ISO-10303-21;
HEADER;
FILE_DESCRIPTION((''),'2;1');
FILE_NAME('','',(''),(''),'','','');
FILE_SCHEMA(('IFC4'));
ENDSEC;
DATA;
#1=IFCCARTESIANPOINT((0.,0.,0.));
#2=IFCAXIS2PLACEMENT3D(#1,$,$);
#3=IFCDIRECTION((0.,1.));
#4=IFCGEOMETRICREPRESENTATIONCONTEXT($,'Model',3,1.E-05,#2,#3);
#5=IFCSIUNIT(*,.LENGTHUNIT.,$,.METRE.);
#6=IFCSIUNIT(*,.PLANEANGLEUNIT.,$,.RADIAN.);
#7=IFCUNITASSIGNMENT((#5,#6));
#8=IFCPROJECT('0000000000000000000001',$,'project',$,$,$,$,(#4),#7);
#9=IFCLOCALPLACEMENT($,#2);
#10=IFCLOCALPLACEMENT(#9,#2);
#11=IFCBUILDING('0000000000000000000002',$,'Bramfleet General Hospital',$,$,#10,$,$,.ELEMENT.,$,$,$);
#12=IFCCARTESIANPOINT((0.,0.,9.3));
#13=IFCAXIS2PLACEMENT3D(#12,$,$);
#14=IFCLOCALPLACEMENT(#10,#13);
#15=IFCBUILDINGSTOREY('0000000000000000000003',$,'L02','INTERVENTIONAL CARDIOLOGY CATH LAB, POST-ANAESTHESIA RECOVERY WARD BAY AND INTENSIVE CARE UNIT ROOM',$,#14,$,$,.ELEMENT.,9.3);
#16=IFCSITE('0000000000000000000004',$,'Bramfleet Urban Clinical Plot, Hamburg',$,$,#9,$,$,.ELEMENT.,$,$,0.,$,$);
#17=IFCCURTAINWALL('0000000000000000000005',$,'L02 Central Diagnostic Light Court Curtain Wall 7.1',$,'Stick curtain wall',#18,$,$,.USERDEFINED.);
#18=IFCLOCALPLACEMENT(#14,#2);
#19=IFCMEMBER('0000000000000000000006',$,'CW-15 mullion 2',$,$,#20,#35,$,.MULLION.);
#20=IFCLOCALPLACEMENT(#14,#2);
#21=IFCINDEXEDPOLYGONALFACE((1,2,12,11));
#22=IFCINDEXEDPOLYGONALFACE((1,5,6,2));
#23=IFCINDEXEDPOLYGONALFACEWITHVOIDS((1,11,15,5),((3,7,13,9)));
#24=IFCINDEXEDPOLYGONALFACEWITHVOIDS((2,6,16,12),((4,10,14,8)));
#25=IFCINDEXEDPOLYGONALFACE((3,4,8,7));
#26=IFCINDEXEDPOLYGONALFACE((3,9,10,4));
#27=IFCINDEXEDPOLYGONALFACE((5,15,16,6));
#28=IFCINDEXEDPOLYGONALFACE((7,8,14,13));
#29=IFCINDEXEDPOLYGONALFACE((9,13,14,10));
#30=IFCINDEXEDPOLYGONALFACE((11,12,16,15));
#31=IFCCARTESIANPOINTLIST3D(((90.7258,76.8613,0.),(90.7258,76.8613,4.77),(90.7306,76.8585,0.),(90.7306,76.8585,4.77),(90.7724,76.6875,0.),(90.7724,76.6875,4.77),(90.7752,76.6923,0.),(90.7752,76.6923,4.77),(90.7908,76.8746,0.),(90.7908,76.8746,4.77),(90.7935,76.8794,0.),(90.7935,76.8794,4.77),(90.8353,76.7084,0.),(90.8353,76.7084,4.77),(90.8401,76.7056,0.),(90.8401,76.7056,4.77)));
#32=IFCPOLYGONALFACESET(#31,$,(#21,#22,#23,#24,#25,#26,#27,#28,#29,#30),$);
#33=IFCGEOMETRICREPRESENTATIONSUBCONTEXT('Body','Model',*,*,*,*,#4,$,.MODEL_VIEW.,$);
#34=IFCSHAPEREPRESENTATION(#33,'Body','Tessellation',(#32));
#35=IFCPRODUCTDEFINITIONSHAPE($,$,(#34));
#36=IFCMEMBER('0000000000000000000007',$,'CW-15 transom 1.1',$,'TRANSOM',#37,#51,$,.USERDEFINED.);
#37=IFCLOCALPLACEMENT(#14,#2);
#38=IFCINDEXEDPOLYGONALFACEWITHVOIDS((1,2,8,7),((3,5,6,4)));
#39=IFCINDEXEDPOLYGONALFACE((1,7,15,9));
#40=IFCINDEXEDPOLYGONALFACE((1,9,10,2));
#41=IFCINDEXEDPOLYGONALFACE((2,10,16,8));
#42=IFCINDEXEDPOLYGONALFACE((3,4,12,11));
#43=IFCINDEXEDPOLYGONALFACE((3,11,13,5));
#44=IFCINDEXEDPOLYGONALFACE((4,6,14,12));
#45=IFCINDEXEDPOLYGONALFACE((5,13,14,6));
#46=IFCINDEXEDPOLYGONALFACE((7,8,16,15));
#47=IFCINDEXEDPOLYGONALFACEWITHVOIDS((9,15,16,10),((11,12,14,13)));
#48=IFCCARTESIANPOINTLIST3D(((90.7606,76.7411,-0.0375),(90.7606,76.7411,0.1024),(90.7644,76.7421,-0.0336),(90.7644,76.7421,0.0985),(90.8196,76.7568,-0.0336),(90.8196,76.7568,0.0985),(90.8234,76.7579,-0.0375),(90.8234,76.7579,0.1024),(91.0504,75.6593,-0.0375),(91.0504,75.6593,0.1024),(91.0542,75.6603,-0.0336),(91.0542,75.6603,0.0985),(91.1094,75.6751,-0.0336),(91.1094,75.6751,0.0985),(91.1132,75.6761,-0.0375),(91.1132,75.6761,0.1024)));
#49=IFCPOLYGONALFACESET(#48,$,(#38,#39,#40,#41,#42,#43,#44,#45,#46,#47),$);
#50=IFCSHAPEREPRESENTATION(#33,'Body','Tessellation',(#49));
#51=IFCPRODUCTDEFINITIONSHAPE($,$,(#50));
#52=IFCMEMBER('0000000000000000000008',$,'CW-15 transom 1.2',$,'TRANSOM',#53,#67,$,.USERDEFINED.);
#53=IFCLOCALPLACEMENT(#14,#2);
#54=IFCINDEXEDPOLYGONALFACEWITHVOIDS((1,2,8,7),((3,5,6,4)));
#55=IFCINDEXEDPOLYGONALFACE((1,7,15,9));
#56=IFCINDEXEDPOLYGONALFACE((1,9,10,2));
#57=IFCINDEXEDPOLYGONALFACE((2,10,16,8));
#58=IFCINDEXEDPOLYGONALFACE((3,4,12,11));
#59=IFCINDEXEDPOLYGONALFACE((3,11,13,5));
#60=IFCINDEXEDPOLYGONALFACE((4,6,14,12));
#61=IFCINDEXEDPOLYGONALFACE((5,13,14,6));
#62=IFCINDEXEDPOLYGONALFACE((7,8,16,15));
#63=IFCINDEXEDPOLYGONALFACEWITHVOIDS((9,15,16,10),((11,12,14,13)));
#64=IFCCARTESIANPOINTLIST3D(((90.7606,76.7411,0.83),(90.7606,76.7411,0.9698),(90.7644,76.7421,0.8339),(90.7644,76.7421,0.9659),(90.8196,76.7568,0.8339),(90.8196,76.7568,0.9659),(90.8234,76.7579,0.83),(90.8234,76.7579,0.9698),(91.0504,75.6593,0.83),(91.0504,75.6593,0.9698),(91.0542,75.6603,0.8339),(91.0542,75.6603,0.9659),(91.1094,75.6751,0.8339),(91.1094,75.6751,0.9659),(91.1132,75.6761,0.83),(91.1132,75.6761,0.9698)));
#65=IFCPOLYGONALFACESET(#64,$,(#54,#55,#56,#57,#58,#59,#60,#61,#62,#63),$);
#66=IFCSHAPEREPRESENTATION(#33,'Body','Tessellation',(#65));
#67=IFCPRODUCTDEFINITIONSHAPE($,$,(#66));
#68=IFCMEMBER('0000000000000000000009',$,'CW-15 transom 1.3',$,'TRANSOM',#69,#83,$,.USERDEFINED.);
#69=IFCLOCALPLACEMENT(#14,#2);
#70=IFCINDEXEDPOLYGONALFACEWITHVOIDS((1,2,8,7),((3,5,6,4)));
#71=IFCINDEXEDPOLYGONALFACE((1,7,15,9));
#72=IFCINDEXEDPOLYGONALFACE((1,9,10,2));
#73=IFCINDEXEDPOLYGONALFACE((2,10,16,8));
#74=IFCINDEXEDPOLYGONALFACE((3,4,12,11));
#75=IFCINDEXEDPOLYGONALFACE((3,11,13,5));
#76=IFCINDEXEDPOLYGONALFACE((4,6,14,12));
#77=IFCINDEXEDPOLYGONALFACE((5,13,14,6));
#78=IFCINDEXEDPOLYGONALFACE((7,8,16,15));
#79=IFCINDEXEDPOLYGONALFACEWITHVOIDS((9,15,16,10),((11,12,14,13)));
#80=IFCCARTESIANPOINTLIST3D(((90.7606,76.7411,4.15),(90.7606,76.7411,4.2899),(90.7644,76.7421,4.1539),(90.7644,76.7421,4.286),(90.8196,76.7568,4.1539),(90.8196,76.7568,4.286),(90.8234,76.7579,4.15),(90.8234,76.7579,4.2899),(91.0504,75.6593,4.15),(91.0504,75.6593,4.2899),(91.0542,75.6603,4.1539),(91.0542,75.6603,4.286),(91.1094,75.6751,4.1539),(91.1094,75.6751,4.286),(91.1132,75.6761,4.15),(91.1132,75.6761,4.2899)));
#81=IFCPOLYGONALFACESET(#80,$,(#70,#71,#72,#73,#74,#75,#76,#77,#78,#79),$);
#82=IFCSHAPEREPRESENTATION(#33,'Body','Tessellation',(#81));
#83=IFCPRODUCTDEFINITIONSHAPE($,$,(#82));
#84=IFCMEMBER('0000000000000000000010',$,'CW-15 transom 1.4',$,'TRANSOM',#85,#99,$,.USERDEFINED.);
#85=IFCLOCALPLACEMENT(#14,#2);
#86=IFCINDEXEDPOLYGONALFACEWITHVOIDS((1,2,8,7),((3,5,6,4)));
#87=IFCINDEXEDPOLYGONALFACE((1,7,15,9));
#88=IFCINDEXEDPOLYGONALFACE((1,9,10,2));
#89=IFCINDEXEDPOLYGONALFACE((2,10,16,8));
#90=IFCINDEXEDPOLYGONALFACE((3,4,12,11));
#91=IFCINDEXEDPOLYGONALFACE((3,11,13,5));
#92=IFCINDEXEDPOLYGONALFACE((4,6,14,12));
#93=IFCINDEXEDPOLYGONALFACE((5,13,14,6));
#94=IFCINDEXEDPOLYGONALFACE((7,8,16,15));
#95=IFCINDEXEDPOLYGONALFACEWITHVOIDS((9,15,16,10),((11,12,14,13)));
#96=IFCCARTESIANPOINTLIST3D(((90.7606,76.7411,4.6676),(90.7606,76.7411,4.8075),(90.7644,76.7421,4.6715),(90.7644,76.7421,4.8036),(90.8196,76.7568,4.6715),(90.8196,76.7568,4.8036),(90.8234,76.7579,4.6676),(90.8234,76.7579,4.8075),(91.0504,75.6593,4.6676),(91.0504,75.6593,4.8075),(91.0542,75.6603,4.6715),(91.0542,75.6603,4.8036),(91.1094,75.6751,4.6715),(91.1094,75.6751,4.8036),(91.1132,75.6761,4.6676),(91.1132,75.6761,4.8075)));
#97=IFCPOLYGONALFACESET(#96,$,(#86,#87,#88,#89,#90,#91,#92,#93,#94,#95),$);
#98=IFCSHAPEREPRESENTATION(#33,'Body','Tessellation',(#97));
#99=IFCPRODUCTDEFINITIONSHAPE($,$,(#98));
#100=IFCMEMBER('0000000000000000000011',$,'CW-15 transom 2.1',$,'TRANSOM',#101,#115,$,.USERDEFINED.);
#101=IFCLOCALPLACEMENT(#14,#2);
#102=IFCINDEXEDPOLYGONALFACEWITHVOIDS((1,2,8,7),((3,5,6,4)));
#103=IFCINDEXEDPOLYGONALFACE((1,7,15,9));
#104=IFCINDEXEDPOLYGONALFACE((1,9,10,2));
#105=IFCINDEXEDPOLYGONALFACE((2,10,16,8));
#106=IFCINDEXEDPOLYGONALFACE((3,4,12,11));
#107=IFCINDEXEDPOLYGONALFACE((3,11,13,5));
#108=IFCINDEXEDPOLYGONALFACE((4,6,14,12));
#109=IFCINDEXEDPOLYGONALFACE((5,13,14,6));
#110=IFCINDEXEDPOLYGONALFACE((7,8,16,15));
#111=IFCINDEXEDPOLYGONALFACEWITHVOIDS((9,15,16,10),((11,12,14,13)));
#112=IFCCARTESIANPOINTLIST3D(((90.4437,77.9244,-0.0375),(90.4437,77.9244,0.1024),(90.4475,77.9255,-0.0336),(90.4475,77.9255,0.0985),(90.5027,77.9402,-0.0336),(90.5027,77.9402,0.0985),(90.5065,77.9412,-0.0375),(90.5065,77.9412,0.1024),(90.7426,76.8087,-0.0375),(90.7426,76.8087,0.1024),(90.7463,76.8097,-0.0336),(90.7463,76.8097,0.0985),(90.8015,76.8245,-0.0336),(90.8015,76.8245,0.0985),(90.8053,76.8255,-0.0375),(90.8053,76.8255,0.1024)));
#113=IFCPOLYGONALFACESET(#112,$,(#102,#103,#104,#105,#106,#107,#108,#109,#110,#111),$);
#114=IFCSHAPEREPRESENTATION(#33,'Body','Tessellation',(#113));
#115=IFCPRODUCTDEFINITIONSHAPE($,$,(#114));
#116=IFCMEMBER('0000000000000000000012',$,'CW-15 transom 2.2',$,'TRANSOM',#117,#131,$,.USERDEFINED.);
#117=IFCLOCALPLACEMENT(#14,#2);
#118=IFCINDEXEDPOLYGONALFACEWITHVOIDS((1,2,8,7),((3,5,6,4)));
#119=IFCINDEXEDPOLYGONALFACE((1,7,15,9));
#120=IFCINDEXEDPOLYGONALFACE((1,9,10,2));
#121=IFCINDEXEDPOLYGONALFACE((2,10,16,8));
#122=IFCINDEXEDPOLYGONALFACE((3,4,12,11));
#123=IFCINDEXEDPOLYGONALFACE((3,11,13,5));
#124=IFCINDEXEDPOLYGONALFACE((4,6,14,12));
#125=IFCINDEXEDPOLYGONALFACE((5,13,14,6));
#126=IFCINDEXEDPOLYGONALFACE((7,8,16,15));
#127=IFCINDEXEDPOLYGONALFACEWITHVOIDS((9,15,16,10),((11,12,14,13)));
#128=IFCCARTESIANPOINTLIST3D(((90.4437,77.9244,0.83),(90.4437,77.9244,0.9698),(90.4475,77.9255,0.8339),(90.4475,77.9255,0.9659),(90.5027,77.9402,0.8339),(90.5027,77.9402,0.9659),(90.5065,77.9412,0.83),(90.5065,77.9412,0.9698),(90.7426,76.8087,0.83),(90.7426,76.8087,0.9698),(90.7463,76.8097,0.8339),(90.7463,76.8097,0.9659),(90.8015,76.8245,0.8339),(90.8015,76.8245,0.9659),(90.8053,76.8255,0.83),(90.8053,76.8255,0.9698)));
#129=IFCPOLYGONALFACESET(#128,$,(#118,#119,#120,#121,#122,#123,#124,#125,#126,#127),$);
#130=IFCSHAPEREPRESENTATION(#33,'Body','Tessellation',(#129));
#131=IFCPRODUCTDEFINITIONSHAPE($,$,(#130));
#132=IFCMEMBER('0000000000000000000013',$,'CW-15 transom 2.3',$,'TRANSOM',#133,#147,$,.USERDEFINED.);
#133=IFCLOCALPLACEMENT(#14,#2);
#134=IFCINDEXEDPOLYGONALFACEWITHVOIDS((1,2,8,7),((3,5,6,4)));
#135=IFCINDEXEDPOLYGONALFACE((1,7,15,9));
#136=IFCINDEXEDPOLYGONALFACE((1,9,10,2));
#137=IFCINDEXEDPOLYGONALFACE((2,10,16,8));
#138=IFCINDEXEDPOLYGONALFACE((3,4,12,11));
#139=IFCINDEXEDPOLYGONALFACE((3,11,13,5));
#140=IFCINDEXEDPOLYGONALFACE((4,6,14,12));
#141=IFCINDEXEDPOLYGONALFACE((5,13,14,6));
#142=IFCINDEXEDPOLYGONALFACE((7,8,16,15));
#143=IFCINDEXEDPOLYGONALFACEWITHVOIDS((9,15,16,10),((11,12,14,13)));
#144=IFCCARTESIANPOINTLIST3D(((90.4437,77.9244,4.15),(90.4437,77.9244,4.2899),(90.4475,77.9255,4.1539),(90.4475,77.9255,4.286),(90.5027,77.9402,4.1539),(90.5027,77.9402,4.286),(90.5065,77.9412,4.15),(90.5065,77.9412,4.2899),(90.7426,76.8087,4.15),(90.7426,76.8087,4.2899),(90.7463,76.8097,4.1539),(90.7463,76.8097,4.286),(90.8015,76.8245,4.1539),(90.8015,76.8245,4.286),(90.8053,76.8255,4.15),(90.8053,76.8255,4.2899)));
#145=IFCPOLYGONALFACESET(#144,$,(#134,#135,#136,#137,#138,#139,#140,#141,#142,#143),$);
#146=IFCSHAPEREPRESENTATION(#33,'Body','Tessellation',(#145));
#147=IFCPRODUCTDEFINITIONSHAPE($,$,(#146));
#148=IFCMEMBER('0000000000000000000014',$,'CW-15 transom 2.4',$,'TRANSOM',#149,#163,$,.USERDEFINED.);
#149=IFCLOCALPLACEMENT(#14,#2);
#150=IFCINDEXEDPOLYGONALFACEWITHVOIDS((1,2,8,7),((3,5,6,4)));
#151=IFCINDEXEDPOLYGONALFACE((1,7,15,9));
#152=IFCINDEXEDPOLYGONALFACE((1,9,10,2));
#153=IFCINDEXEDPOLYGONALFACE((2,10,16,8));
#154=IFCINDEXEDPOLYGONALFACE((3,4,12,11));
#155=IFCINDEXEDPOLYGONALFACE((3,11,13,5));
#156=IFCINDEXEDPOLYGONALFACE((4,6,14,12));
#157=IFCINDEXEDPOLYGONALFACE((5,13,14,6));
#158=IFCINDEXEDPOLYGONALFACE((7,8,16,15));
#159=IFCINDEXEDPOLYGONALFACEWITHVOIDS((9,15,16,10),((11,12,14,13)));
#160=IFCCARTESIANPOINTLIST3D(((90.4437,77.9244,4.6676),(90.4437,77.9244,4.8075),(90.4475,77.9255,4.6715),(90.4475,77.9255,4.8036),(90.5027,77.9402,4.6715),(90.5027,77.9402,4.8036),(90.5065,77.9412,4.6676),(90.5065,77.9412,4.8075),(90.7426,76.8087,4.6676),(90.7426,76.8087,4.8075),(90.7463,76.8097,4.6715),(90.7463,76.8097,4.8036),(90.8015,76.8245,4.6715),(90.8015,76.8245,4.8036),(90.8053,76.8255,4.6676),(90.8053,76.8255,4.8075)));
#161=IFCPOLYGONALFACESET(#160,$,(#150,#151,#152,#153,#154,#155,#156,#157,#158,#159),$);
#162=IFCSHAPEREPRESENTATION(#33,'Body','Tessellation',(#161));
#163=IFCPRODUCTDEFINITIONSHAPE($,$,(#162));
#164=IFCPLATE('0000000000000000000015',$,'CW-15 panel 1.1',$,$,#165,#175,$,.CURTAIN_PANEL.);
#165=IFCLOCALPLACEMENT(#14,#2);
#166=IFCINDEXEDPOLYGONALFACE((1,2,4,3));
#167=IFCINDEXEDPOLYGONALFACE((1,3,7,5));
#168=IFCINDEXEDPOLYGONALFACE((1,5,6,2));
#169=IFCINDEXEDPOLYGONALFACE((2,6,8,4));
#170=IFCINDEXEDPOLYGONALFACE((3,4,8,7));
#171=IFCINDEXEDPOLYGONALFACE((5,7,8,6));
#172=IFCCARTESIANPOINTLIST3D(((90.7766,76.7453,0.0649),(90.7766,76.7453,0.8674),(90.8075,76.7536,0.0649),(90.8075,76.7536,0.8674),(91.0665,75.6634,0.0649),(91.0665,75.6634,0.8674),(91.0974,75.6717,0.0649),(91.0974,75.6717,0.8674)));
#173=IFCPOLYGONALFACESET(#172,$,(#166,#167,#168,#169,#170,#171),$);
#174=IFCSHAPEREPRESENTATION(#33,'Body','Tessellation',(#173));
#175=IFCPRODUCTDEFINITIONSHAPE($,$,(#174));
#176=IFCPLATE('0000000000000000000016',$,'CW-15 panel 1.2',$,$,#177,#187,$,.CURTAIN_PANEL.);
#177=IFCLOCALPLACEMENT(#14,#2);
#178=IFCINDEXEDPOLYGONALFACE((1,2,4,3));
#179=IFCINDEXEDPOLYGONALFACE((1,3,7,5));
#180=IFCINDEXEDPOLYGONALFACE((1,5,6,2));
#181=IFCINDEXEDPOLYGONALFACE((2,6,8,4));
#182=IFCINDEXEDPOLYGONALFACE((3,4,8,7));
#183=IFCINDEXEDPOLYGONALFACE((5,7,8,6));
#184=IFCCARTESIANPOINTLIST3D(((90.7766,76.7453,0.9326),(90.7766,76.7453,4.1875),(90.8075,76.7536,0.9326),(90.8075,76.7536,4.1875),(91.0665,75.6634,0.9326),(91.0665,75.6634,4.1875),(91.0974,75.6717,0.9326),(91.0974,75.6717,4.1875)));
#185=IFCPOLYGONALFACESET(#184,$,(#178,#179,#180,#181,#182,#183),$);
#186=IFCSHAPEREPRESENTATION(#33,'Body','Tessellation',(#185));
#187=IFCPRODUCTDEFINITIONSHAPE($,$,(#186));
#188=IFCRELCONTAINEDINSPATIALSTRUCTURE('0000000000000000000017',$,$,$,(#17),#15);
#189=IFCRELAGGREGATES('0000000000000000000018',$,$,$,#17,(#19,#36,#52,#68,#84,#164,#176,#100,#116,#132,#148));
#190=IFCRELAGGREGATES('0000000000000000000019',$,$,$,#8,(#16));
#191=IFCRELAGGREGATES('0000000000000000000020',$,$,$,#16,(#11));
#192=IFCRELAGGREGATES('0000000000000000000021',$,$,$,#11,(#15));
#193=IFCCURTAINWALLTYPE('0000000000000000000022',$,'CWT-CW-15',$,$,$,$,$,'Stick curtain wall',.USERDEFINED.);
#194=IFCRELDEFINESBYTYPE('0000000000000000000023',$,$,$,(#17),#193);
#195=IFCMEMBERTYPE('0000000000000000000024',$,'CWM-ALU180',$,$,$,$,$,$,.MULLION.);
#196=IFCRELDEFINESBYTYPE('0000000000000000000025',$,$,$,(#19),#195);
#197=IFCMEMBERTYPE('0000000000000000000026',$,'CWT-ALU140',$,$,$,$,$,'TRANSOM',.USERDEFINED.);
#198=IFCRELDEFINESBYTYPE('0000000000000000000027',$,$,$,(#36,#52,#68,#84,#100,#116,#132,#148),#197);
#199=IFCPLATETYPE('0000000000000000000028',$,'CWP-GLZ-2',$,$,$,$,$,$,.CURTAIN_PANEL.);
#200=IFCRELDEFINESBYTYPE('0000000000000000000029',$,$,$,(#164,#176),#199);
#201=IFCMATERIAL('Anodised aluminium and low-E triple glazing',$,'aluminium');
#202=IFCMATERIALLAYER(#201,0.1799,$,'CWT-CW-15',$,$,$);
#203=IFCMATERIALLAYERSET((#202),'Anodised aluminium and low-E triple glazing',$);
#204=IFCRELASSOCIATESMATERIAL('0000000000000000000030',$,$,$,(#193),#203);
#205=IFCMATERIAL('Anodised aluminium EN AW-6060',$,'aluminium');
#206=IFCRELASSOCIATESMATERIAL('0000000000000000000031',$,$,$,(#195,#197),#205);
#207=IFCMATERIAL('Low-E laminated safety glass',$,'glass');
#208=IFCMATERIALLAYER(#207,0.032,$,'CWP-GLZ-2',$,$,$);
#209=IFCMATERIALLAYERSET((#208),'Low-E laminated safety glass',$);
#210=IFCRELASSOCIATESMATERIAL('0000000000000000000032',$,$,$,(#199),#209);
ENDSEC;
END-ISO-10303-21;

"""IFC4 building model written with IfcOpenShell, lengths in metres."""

from ifc_helpers import new_model, si_unit, direction, frame, origin, origin_2d, place, context, subcontext, project, spatial, rectangle, hollow_rectangle, extrude, material, layer, layer_set, material_profile, profile_set, type_object, element, aggregate, save


model = new_model("IFC4")

# Units and contexts
model_context = context("Model", 3, precision=1e-05, world=origin(), true_north=direction((0.0, 1.0)))
body_context = subcontext(model_context, "Body", "Model", "MODEL_VIEW")
ifc_project = project(units=[si_unit("LENGTHUNIT", "METRE"), si_unit("PLANEANGLEUNIT", "RADIAN")], contexts=[model_context])

# Site, building, storey
site_placement = place(None, origin())
site = spatial("IfcSite", under=ifc_project, at=site_placement, Name="Bramfleet Urban Clinical Plot, Hamburg", CompositionType="ELEMENT", RefElevation=0.0)
building_placement = place(site_placement, origin())
building = spatial("IfcBuilding", under=site, at=building_placement, Name="Bramfleet General Hospital", CompositionType="ELEMENT")
storey_placement = place(building_placement, frame((0.0, 0.0, 9.3)))
storey = spatial("IfcBuildingStorey", under=building, at=storey_placement, Name="L02", Description="INTERVENTIONAL CARDIOLOGY CATH LAB, POST-ANAESTHESIA RECOVERY WARD BAY AND INTENSIVE CARE UNIT ROOM", CompositionType="ELEMENT", Elevation=9.3)

# Curtain wall, members, plates
ifc_material_1 = material(Name="Anodised aluminium and low-E triple glazing", Category="aluminium")
ifc_layer_1 = layer(ifc_material_1, 0.1799, Name="CWT-CW-15")
ifc_layer_set_1 = layer_set([ifc_layer_1], Name="Anodised aluminium and low-E triple glazing")
curtain_wall_type = type_object("IfcCurtainWallType", Name="CWT-CW-15", ElementType="Stick curtain wall", PredefinedType="USERDEFINED", material=ifc_layer_set_1)
curtain_wall_placement = place(storey_placement, origin())
curtain_wall = element("IfcCurtainWall", 1, at=curtain_wall_placement, inside=storey, type_object=curtain_wall_type, Name="L02 Central Diagnostic Light Court Curtain Wall 7.1", ObjectType="Stick curtain wall", PredefinedType="USERDEFINED")
ifc_material_2 = material(Name="Anodised aluminium EN AW-6060", Category="aluminium")
ifc_material_profile_1 = material_profile(ifc_material_2, hollow_rectangle(XDim=0.0701, YDim=0.1799, WallThickness=0.0039, at=origin_2d()), Name="ALU 180x70x4.0")
ifc_profile_set_1 = profile_set([ifc_material_profile_1], Name="Anodised aluminium EN AW-6060")
member_type_1 = type_object("IfcMemberType", Name="CWM-ALU180", PredefinedType="MULLION", material=ifc_profile_set_1)
member_1_placement = place(storey_placement, frame((90.783, 76.7834, 0.0), z_axis=(0.0, 0.0, 1.0), x_axis=(-0.965941, -0.258763, 0.0)))
member_1 = element("IfcMember", 2, at=member_1_placement, type_object=member_type_1, Name="CW-15 mullion 2", PredefinedType="MULLION", context=body_context, shape_type="SweptSolid", body=[
    extrude(hollow_rectangle(XDim=0.0701, YDim=0.1799, WallThickness=0.0039, at=origin_2d()), origin(), (0.0, 0.0, 1.0), 4.77),
])
ifc_material_profile_2 = material_profile(ifc_material_2, hollow_rectangle(XDim=0.0649, YDim=0.1399, WallThickness=0.0039, at=origin_2d()), Name="ALU 140x65x4.0")
ifc_profile_set_2 = profile_set([ifc_material_profile_2], Name="Anodised aluminium EN AW-6060")
member_type_2 = type_object("IfcMemberType", Name="CWT-ALU140", ElementType="TRANSOM", PredefinedType="USERDEFINED", material=ifc_profile_set_2)
member_2_placement = place(storey_placement, frame((91.0818, 75.6677, 0.0325), z_axis=(-0.258762, 0.965941, 0.0), x_axis=(-0.965941, -0.258762, 0.0)))
member_2 = element("IfcMember", 3, at=member_2_placement, type_object=member_type_2, Name="CW-15 transom 1.1", ObjectType="TRANSOM", PredefinedType="USERDEFINED", context=body_context, shape_type="SweptSolid", body=[
    extrude(hollow_rectangle(XDim=0.0649, YDim=0.1399, WallThickness=0.0039, at=origin_2d()), origin(), (0.0, 0.0, 1.0), 1.1199),
])
member_3_placement = place(storey_placement, frame((91.0818, 75.6677, 0.8999), z_axis=(-0.258762, 0.965941, 0.0), x_axis=(-0.965941, -0.258762, 0.0)))
member_3 = element("IfcMember", 4, at=member_3_placement, type_object=member_type_2, Name="CW-15 transom 1.2", ObjectType="TRANSOM", PredefinedType="USERDEFINED", context=body_context, shape_type="SweptSolid", body=[
    extrude(hollow_rectangle(XDim=0.0649, YDim=0.1399, WallThickness=0.0039, at=origin_2d()), origin(), (0.0, 0.0, 1.0), 1.1199),
])
member_4_placement = place(storey_placement, frame((91.0818, 75.6677, 4.22), z_axis=(-0.258762, 0.965941, 0.0), x_axis=(-0.965941, -0.258762, 0.0)))
member_4 = element("IfcMember", 5, at=member_4_placement, type_object=member_type_2, Name="CW-15 transom 1.3", ObjectType="TRANSOM", PredefinedType="USERDEFINED", context=body_context, shape_type="SweptSolid", body=[
    extrude(hollow_rectangle(XDim=0.0649, YDim=0.1399, WallThickness=0.0039, at=origin_2d()), origin(), (0.0, 0.0, 1.0), 1.1199),
])
member_5_placement = place(storey_placement, frame((91.0818, 75.6677, 4.7375), z_axis=(-0.258762, 0.965941, 0.0), x_axis=(-0.965941, -0.258762, 0.0)))
member_5 = element("IfcMember", 6, at=member_5_placement, type_object=member_type_2, Name="CW-15 transom 1.4", ObjectType="TRANSOM", PredefinedType="USERDEFINED", context=body_context, shape_type="SweptSolid", body=[
    extrude(hollow_rectangle(XDim=0.0649, YDim=0.1399, WallThickness=0.0039, at=origin_2d()), origin(), (0.0, 0.0, 1.0), 1.1199),
])
member_6_placement = place(storey_placement, frame((90.7739, 76.8171, 0.0325), z_axis=(-0.258715, 0.965954, 0.0), x_axis=(-0.965954, -0.258715, 0.0)))
member_6 = element("IfcMember", 7, at=member_6_placement, type_object=member_type_2, Name="CW-15 transom 2.1", ObjectType="TRANSOM", PredefinedType="USERDEFINED", context=body_context, shape_type="SweptSolid", body=[
    extrude(hollow_rectangle(XDim=0.0649, YDim=0.1399, WallThickness=0.0039, at=origin_2d()), origin(), (0.0, 0.0, 1.0), 1.155),
])
member_7_placement = place(storey_placement, frame((90.7739, 76.8171, 0.8999), z_axis=(-0.258715, 0.965954, 0.0), x_axis=(-0.965954, -0.258715, 0.0)))
member_7 = element("IfcMember", 8, at=member_7_placement, type_object=member_type_2, Name="CW-15 transom 2.2", ObjectType="TRANSOM", PredefinedType="USERDEFINED", context=body_context, shape_type="SweptSolid", body=[
    extrude(hollow_rectangle(XDim=0.0649, YDim=0.1399, WallThickness=0.0039, at=origin_2d()), origin(), (0.0, 0.0, 1.0), 1.155),
])
member_8_placement = place(storey_placement, frame((90.7739, 76.8171, 4.22), z_axis=(-0.258715, 0.965954, 0.0), x_axis=(-0.965954, -0.258715, 0.0)))
member_8 = element("IfcMember", 9, at=member_8_placement, type_object=member_type_2, Name="CW-15 transom 2.3", ObjectType="TRANSOM", PredefinedType="USERDEFINED", context=body_context, shape_type="SweptSolid", body=[
    extrude(hollow_rectangle(XDim=0.0649, YDim=0.1399, WallThickness=0.0039, at=origin_2d()), origin(), (0.0, 0.0, 1.0), 1.155),
])
member_9_placement = place(storey_placement, frame((90.7739, 76.8171, 4.7375), z_axis=(-0.258715, 0.965954, 0.0), x_axis=(-0.965954, -0.258715, 0.0)))
member_9 = element("IfcMember", 10, at=member_9_placement, type_object=member_type_2, Name="CW-15 transom 2.4", ObjectType="TRANSOM", PredefinedType="USERDEFINED", context=body_context, shape_type="SweptSolid", body=[
    extrude(hollow_rectangle(XDim=0.0649, YDim=0.1399, WallThickness=0.0039, at=origin_2d()), origin(), (0.0, 0.0, 1.0), 1.155),
])
ifc_material_3 = material(Name="Low-E laminated safety glass", Category="glass")
ifc_layer_2 = layer(ifc_material_3, 0.032, Name="CWP-GLZ-2")
ifc_layer_set_2 = layer_set([ifc_layer_2], Name="Low-E laminated safety glass")
plate_type = type_object("IfcPlateType", Name="CWP-GLZ-2", PredefinedType="CURTAIN_PANEL", material=ifc_layer_set_2)
plate_1_placement = place(storey_placement, frame((90.937, 76.2085, 0.0649), z_axis=(0.0, 0.0, 1.0), x_axis=(-0.258763, 0.965941, 0.0)))
plate_1 = element("IfcPlate", 11, at=plate_1_placement, type_object=plate_type, Name="CW-15 panel 1.1", PredefinedType="CURTAIN_PANEL", context=body_context, shape_type="SweptSolid", body=[
    extrude(rectangle(XDim=1.1201, YDim=0.032, at=origin_2d()), origin(), (0.0, 0.0, 1.0), 0.8025),
])
plate_2_placement = place(storey_placement, frame((90.937, 76.2085, 0.9326), z_axis=(0.0, 0.0, 1.0), x_axis=(-0.258763, 0.965941, 0.0)))
plate_2 = element("IfcPlate", 12, at=plate_2_placement, type_object=plate_type, Name="CW-15 panel 1.2", PredefinedType="CURTAIN_PANEL", context=body_context, shape_type="SweptSolid", body=[
    extrude(rectangle(XDim=1.1201, YDim=0.032, at=origin_2d()), origin(), (0.0, 0.0, 1.0), 3.2549),
])
aggregate(curtain_wall, [member_1, member_2, member_3, member_4, member_5, plate_1, plate_2, member_6, member_7, member_8, member_9])

save(model, "model.ifc")
